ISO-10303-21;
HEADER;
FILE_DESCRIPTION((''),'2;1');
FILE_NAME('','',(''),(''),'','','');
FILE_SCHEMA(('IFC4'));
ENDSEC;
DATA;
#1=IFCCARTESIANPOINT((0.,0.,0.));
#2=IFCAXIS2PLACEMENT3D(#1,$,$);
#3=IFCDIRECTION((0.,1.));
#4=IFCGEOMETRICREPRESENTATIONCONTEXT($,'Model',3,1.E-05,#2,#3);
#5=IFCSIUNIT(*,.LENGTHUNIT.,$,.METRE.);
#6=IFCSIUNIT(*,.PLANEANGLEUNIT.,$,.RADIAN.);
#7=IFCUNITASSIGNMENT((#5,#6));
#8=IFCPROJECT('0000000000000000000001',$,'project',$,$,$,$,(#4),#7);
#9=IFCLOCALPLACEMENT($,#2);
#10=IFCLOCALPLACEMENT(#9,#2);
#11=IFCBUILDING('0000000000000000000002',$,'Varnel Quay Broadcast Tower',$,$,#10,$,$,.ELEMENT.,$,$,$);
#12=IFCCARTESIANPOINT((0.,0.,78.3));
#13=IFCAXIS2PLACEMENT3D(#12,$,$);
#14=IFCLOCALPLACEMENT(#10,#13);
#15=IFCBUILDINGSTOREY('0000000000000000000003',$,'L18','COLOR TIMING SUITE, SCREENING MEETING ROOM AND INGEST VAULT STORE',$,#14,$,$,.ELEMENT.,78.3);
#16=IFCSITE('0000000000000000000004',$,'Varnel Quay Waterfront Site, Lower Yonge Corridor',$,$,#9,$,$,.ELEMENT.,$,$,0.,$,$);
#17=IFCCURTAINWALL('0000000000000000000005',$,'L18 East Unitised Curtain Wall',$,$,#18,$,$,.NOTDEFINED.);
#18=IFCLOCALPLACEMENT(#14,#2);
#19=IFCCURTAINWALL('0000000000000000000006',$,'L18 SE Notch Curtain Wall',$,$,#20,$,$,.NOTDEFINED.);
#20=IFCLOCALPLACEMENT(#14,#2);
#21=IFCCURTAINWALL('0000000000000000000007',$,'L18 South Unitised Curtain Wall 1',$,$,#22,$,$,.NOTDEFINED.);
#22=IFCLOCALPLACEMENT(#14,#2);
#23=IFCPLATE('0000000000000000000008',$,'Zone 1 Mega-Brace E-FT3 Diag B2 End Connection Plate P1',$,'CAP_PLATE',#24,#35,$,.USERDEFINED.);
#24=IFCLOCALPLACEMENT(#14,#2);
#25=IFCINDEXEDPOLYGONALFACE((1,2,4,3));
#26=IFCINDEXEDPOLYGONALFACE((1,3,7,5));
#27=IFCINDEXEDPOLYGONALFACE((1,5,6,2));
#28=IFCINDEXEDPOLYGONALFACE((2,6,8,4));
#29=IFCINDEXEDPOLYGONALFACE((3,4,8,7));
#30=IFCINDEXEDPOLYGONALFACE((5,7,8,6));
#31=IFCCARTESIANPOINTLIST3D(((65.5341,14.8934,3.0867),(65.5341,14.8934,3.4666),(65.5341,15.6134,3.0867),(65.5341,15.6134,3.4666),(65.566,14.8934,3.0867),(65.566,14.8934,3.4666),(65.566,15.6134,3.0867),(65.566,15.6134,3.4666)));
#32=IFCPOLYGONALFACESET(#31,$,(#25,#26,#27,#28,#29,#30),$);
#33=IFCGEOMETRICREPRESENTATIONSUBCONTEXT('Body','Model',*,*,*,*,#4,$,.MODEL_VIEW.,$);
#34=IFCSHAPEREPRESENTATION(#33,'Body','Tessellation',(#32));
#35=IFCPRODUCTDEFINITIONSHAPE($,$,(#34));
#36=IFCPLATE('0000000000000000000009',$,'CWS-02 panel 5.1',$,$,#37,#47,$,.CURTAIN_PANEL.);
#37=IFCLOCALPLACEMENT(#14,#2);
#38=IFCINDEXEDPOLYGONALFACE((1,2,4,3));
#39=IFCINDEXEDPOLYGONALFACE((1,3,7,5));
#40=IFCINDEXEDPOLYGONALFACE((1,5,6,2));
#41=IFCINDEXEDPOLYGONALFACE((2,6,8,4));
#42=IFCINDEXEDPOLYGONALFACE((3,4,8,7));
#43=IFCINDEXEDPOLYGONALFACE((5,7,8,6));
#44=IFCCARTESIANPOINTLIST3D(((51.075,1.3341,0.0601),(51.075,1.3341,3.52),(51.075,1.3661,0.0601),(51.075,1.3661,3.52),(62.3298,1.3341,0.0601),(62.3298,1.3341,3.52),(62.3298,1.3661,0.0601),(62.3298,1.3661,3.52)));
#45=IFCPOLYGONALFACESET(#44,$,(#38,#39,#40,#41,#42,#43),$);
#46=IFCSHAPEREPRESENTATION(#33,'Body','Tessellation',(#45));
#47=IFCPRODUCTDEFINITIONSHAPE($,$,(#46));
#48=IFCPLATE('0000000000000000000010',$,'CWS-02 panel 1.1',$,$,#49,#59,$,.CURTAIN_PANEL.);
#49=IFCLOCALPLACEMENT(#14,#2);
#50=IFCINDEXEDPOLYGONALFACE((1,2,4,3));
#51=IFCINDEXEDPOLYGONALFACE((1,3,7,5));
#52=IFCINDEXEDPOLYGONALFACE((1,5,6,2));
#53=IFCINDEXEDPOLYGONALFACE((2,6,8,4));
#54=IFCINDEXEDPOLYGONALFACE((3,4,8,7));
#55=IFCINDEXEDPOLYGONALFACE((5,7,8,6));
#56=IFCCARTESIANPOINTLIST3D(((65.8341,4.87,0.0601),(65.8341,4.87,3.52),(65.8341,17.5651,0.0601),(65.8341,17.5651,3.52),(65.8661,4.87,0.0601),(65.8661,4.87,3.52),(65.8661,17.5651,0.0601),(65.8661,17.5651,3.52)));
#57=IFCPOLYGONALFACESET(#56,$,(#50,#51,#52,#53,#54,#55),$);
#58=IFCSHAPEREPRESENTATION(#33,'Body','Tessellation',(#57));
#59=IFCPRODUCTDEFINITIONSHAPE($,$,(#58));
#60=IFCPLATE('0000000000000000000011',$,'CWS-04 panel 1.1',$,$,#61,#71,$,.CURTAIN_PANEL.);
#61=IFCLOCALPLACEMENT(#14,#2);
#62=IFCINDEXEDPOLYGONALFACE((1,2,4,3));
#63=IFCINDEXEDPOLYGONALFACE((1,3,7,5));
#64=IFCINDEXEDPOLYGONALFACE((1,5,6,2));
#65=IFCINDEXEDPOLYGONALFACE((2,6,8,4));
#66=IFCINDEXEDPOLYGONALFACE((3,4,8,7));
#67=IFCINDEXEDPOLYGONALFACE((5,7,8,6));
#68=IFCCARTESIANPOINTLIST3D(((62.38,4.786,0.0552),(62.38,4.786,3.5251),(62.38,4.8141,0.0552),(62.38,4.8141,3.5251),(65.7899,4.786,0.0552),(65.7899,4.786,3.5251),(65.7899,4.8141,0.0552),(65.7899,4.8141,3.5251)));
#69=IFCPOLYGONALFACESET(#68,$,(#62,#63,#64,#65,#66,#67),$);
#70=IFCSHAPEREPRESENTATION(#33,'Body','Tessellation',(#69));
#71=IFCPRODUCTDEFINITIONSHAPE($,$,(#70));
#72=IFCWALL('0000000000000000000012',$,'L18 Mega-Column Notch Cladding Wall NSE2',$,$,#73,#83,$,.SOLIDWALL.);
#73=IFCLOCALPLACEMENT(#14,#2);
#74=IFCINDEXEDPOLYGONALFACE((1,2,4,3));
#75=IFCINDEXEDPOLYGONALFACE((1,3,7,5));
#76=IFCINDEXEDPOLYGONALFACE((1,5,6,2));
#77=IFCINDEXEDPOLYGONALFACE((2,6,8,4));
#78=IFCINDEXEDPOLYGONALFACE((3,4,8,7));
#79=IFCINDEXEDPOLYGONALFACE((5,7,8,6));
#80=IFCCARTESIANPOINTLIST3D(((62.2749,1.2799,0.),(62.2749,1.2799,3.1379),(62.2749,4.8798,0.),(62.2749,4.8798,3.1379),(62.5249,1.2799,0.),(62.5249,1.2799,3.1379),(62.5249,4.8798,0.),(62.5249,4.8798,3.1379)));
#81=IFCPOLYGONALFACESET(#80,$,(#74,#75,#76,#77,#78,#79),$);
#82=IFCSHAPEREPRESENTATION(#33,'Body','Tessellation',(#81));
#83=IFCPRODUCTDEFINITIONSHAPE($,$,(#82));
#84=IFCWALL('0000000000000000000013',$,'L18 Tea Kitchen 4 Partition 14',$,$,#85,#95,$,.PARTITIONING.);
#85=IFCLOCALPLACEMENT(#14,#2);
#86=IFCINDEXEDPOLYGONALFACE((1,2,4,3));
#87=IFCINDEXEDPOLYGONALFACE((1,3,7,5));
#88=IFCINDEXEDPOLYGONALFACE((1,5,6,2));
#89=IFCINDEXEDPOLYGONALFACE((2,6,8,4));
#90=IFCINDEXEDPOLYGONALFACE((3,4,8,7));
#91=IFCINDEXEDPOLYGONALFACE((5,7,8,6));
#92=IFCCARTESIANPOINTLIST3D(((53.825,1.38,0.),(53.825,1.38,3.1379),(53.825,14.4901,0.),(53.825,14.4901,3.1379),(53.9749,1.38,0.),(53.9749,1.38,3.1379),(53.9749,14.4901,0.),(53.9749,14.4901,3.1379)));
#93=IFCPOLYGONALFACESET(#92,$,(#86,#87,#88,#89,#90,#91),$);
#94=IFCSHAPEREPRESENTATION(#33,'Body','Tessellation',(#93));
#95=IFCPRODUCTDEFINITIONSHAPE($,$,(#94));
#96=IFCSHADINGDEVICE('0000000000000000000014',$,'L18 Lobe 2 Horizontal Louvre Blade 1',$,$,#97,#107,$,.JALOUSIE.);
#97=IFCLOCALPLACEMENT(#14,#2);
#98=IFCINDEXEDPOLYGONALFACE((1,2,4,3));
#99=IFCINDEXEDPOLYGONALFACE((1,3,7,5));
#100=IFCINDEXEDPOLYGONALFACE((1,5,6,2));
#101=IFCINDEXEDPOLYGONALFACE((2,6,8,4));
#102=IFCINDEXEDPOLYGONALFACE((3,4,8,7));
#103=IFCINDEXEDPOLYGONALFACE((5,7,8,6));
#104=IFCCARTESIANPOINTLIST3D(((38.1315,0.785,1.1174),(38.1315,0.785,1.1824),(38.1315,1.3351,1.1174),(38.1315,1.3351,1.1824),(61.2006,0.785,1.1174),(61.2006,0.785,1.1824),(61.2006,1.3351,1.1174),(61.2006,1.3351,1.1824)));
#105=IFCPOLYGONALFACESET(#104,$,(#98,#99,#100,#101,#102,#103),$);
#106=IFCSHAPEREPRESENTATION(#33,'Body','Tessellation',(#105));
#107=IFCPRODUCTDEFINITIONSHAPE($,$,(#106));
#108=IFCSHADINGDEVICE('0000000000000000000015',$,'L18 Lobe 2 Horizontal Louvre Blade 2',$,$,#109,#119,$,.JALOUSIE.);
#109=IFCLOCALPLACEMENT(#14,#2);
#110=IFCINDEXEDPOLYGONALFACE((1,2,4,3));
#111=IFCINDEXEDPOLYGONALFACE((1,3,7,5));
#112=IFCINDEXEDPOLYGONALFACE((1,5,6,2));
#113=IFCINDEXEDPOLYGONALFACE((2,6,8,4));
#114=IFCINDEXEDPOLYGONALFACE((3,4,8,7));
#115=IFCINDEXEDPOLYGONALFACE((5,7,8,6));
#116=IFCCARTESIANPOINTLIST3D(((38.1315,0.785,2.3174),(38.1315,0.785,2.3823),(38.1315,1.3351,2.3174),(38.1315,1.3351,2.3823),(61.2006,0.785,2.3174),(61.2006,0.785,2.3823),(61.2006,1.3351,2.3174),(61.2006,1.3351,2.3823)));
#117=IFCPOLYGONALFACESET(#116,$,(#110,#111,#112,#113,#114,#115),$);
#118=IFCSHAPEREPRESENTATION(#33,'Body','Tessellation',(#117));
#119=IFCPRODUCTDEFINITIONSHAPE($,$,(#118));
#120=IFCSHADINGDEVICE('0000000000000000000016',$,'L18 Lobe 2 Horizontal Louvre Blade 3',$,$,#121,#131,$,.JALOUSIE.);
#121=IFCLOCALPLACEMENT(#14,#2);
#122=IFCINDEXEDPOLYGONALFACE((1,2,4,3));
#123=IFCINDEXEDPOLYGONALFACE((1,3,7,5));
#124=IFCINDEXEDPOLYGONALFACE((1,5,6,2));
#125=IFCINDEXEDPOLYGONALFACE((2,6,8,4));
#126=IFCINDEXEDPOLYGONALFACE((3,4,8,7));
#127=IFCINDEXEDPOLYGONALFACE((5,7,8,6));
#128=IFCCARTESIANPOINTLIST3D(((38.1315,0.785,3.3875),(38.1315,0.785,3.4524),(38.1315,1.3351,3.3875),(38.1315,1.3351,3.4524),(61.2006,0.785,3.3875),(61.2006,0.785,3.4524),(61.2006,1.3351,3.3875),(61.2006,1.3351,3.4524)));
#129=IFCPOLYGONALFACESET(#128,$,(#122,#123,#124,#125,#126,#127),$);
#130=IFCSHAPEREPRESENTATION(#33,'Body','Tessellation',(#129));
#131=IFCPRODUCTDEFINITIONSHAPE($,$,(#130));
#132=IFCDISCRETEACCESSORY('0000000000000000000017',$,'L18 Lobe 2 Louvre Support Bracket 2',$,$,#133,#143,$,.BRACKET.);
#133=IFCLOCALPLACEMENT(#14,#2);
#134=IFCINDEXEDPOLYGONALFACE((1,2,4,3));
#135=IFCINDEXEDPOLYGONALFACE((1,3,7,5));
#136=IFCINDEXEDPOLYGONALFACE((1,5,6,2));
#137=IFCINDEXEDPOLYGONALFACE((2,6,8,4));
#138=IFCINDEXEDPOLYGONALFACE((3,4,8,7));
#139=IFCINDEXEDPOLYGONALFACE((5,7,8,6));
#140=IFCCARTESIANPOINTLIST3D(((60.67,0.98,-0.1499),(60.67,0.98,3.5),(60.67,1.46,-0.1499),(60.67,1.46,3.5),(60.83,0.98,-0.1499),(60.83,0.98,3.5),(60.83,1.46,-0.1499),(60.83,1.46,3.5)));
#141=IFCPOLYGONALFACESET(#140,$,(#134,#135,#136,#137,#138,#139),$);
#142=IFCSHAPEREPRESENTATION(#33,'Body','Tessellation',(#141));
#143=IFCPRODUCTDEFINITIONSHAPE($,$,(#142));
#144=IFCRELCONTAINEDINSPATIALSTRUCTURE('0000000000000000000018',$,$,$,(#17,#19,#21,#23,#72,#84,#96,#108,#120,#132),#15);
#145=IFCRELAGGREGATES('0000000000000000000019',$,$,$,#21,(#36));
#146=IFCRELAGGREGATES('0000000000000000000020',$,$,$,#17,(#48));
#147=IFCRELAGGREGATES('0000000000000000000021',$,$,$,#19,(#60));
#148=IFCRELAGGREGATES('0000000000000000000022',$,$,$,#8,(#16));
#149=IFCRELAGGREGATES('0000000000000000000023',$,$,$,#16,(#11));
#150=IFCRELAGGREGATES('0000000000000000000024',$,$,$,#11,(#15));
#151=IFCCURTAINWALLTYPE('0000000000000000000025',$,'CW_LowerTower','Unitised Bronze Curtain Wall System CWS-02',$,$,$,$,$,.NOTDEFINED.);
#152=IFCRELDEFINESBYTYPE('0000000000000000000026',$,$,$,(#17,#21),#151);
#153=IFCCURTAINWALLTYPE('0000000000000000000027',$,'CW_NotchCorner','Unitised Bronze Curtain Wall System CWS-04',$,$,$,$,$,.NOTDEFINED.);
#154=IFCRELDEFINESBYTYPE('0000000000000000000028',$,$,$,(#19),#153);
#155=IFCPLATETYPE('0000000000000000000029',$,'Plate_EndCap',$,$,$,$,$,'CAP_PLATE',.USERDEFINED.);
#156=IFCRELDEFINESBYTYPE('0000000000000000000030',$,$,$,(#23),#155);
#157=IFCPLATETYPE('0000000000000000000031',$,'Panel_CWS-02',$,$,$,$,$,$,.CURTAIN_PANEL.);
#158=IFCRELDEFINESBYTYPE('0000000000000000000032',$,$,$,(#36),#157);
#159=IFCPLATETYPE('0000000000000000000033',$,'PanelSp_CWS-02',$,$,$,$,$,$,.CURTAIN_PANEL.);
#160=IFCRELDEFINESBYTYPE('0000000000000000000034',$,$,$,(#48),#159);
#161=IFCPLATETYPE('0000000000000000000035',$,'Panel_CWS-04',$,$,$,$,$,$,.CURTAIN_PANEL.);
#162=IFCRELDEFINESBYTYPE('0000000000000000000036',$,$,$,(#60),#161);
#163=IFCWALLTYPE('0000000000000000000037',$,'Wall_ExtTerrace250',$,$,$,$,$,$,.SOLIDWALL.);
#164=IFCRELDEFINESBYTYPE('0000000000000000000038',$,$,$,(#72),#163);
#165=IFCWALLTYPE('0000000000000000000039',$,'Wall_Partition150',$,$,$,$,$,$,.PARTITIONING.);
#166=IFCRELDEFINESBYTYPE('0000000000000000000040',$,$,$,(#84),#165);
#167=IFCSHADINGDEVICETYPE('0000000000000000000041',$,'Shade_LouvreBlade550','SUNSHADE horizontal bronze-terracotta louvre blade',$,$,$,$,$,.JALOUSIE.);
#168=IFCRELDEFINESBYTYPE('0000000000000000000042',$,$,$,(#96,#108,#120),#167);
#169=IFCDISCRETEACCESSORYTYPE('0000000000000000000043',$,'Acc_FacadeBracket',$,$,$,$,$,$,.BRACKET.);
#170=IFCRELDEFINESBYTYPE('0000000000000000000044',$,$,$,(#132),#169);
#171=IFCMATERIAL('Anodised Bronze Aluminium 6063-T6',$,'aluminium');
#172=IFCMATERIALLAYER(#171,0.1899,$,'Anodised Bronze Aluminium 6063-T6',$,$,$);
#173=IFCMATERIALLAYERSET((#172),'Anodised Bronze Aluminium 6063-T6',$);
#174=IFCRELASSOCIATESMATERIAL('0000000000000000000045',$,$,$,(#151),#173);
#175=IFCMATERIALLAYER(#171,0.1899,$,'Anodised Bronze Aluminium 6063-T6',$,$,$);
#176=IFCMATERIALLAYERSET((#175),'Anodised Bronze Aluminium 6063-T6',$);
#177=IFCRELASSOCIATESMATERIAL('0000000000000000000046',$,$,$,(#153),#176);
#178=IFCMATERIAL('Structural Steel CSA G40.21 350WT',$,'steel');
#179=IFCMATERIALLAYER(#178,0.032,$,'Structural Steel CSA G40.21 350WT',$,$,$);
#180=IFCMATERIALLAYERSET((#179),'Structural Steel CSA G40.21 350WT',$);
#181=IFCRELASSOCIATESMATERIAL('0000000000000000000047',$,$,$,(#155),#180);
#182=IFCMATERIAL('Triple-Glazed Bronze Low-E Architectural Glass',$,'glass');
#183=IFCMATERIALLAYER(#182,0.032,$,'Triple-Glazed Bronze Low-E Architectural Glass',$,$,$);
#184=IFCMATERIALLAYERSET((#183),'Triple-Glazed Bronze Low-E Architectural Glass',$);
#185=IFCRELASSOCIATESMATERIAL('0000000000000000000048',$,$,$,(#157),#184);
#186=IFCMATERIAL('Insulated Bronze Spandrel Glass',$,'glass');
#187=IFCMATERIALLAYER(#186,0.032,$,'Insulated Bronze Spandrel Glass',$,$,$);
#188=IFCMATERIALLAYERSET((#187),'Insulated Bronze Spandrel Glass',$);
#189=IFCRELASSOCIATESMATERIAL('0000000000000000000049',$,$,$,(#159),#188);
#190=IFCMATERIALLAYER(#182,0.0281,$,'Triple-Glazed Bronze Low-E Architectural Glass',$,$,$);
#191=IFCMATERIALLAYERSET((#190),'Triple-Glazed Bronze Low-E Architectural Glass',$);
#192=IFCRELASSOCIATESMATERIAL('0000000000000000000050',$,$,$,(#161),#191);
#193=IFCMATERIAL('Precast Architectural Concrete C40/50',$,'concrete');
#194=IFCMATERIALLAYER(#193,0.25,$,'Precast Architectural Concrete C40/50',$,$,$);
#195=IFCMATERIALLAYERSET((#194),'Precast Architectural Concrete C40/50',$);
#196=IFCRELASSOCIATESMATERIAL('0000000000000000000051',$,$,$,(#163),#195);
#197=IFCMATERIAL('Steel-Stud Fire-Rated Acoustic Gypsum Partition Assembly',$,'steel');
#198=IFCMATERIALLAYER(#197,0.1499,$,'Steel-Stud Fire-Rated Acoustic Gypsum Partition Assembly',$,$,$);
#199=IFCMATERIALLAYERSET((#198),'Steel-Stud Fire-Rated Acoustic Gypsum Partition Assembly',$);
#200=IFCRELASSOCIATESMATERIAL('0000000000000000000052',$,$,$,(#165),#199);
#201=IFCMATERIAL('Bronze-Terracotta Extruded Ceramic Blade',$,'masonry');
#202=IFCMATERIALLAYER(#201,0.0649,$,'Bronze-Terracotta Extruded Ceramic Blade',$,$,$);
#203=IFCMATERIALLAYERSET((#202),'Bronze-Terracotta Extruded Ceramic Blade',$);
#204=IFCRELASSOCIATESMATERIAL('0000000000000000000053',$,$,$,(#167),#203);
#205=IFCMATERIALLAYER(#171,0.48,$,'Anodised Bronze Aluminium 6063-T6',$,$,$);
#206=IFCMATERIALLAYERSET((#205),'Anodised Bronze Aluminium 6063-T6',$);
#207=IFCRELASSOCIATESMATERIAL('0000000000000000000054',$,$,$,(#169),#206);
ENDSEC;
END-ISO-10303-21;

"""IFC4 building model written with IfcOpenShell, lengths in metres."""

from ifc_helpers import new_model, si_unit, direction, frame, frame_2d, origin, origin_2d, place, context, subcontext, project, spatial, rectangle, extrude, source, transform, mapped, material, layer, layer_set, type_object, type_shapes, element, aggregate, save


model = new_model("IFC4")

# Units and contexts
model_context = context("Model", 3, precision=1e-05, world=origin(), true_north=direction((0.0, 1.0)))
body_context = subcontext(model_context, "Body", "Model", "MODEL_VIEW")
ifc_project = project(units=[si_unit("LENGTHUNIT", "METRE"), si_unit("PLANEANGLEUNIT", "RADIAN")], contexts=[model_context])

# Site, building, storey
site_placement = place(None, origin())
site = spatial("IfcSite", under=ifc_project, at=site_placement, Name="Varnel Quay Waterfront Site, Lower Yonge Corridor", CompositionType="ELEMENT", RefElevation=0.0)
building_placement = place(site_placement, origin())
building = spatial("IfcBuilding", under=site, at=building_placement, Name="Varnel Quay Broadcast Tower", CompositionType="ELEMENT")
storey_placement = place(building_placement, frame((0.0, 0.0, 78.3)))
storey = spatial("IfcBuildingStorey", under=building, at=storey_placement, Name="L18", Description="COLOR TIMING SUITE, SCREENING MEETING ROOM AND INGEST VAULT STORE", CompositionType="ELEMENT", Elevation=78.3)

# Shared definitions
ifc_material_1 = material(Name="Structural Steel CSA G40.21 350WT", Category="steel")

# Curtain walls
ifc_material_2 = material(Name="Anodised Bronze Aluminium 6063-T6", Category="aluminium")
ifc_layer_1 = layer(ifc_material_2, 0.1899, Name="Anodised Bronze Aluminium 6063-T6")
ifc_layer_set_1 = layer_set([ifc_layer_1], Name="Anodised Bronze Aluminium 6063-T6")
curtain_wall_type_1 = type_object("IfcCurtainWallType", Name="CW_LowerTower", Description="Unitised Bronze Curtain Wall System CWS-02", PredefinedType="NOTDEFINED", material=ifc_layer_set_1)
curtain_wall_1_placement = place(storey_placement, origin())
curtain_wall_1 = element("IfcCurtainWall", 1, at=curtain_wall_1_placement, inside=storey, type_object=curtain_wall_type_1, Name="L18 East Unitised Curtain Wall", PredefinedType="NOTDEFINED")
ifc_layer_2 = layer(ifc_material_2, 0.1899, Name="Anodised Bronze Aluminium 6063-T6")
ifc_layer_set_2 = layer_set([ifc_layer_2], Name="Anodised Bronze Aluminium 6063-T6")
curtain_wall_type_2 = type_object("IfcCurtainWallType", Name="CW_NotchCorner", Description="Unitised Bronze Curtain Wall System CWS-04", PredefinedType="NOTDEFINED", material=ifc_layer_set_2)
curtain_wall_2_placement = place(storey_placement, origin())
curtain_wall_2 = element("IfcCurtainWall", 2, at=curtain_wall_2_placement, inside=storey, type_object=curtain_wall_type_2, Name="L18 SE Notch Curtain Wall", PredefinedType="NOTDEFINED")
curtain_wall_3_placement = place(storey_placement, origin())
curtain_wall_3 = element("IfcCurtainWall", 3, at=curtain_wall_3_placement, inside=storey, type_object=curtain_wall_type_1, Name="L18 South Unitised Curtain Wall 1", PredefinedType="NOTDEFINED")

# Plates
ifc_layer_3 = layer(ifc_material_1, 0.032, Name="Structural Steel CSA G40.21 350WT")
ifc_layer_set_3 = layer_set([ifc_layer_3], Name="Structural Steel CSA G40.21 350WT")
plate_type_1 = type_object("IfcPlateType", Name="Plate_EndCap", ElementType="CAP_PLATE", PredefinedType="USERDEFINED", material=ifc_layer_set_3)
shared_shape_1 = source(origin(), body_context, "Body", "SweptSolid", [
    extrude(rectangle(XDim=0.72, YDim=0.032, at=origin_2d()), origin(), (0.0, 0.0, 1.0), 0.3799),
])
type_shapes(plate_type_1, [shared_shape_1])
plate_1_placement = place(storey_placement, frame((65.55, 15.2534, 3.0867), z_axis=(0.0, 0.0, 1.0), x_axis=(0.0, 1.0, 0.0)))
element("IfcPlate", 4, at=plate_1_placement, inside=storey, type_object=plate_type_1, Name="Zone 1 Mega-Brace E-FT3 Diag B2 End Connection Plate P1", ObjectType="CAP_PLATE", PredefinedType="USERDEFINED", context=body_context, shape_type="MappedRepresentation", body=[
    mapped(shared_shape_1, transform((0.0, 0.0, 0.0), x_axis=(1.0, 0.0, 0.0), y_axis=(0.0, 1.0, 0.0), z_axis=(0.0, 0.0, 1.0), scale=1.0)),
])
ifc_material_3 = material(Name="Triple-Glazed Bronze Low-E Architectural Glass", Category="glass")
ifc_layer_4 = layer(ifc_material_3, 0.032, Name="Triple-Glazed Bronze Low-E Architectural Glass")
ifc_layer_set_4 = layer_set([ifc_layer_4], Name="Triple-Glazed Bronze Low-E Architectural Glass")
plate_type_2 = type_object("IfcPlateType", Name="Panel_CWS-02", PredefinedType="CURTAIN_PANEL", material=ifc_layer_set_4)
shared_shape_2 = source(origin(), body_context, "Body", "SweptSolid", [
    extrude(rectangle(XDim=11.2549, YDim=0.032, at=origin_2d()), origin(), (0.0, 0.0, 1.0), 3.46),
])
type_shapes(plate_type_2, [shared_shape_2])
plate_2_placement = place(storey_placement, frame((56.7024, 1.3501, 0.0601), z_axis=(0.0, 0.0, 1.0), x_axis=(1.0, 0.0, 0.0)))
plate_2 = element("IfcPlate", 5, at=plate_2_placement, type_object=plate_type_2, Name="CWS-02 panel 5.1", PredefinedType="CURTAIN_PANEL", context=body_context, shape_type="MappedRepresentation", body=[
    mapped(shared_shape_2, transform((0.0, 0.0, 0.0), x_axis=(1.0, 0.0, 0.0), y_axis=(0.0, 1.0, 0.0), z_axis=(0.0, 0.0, 1.0), scale=1.0)),
])
aggregate(curtain_wall_3, [plate_2])
ifc_material_4 = material(Name="Insulated Bronze Spandrel Glass", Category="glass")
ifc_layer_5 = layer(ifc_material_4, 0.032, Name="Insulated Bronze Spandrel Glass")
ifc_layer_set_5 = layer_set([ifc_layer_5], Name="Insulated Bronze Spandrel Glass")
plate_type_3 = type_object("IfcPlateType", Name="PanelSp_CWS-02", PredefinedType="CURTAIN_PANEL", material=ifc_layer_set_5)
shared_shape_3 = source(origin(), body_context, "Body", "SweptSolid", [
    extrude(rectangle(XDim=12.6951, YDim=0.032, at=origin_2d()), origin(), (0.0, 0.0, 1.0), 3.46),
])
type_shapes(plate_type_3, [shared_shape_3])
plate_3_placement = place(storey_placement, frame((65.8501, 11.2175, 0.0601), z_axis=(0.0, 0.0, 1.0), x_axis=(0.0, 1.0, 0.0)))
plate_3 = element("IfcPlate", 6, at=plate_3_placement, type_object=plate_type_3, Name="CWS-02 panel 1.1", PredefinedType="CURTAIN_PANEL", context=body_context, shape_type="MappedRepresentation", body=[
    mapped(shared_shape_3, transform((0.0, 0.0, 0.0), x_axis=(1.0, 0.0, 0.0), y_axis=(0.0, 1.0, 0.0), z_axis=(0.0, 0.0, 1.0), scale=1.0)),
])
aggregate(curtain_wall_1, [plate_3])
ifc_layer_6 = layer(ifc_material_3, 0.0281, Name="Triple-Glazed Bronze Low-E Architectural Glass")
ifc_layer_set_6 = layer_set([ifc_layer_6], Name="Triple-Glazed Bronze Low-E Architectural Glass")
plate_type_4 = type_object("IfcPlateType", Name="Panel_CWS-04", PredefinedType="CURTAIN_PANEL", material=ifc_layer_set_6)
shared_shape_4 = source(origin(), body_context, "Body", "SweptSolid", [
    extrude(rectangle(XDim=3.4099, YDim=0.0281, at=origin_2d()), origin(), (0.0, 0.0, 1.0), 3.47),
])
type_shapes(plate_type_4, [shared_shape_4])
plate_4_placement = place(storey_placement, frame((64.085, 4.8, 0.0552), z_axis=(0.0, 0.0, 1.0), x_axis=(1.0, 0.0, 0.0)))
plate_4 = element("IfcPlate", 7, at=plate_4_placement, type_object=plate_type_4, Name="CWS-04 panel 1.1", PredefinedType="CURTAIN_PANEL", context=body_context, shape_type="MappedRepresentation", body=[
    mapped(shared_shape_4, transform((0.0, 0.0, 0.0), x_axis=(1.0, 0.0, 0.0), y_axis=(0.0, 1.0, 0.0), z_axis=(0.0, 0.0, 1.0), scale=1.0)),
])
aggregate(curtain_wall_2, [plate_4])

# Walls
ifc_material_5 = material(Name="Precast Architectural Concrete C40/50", Category="concrete")
ifc_layer_7 = layer(ifc_material_5, 0.25, Name="Precast Architectural Concrete C40/50")
ifc_layer_set_7 = layer_set([ifc_layer_7], Name="Precast Architectural Concrete C40/50")
wall_type_1 = type_object("IfcWallType", Name="Wall_ExtTerrace250", PredefinedType="SOLIDWALL", material=ifc_layer_set_7)
wall_1_placement = place(storey_placement, frame((62.3999, 1.28, 0.0), z_axis=(0.0, 0.0, 1.0), x_axis=(0.0, 1.0, 0.0)))
element("IfcWall", 8, at=wall_1_placement, inside=storey, type_object=wall_type_1, Name="L18 Mega-Column Notch Cladding Wall NSE2", PredefinedType="SOLIDWALL", context=body_context, shape_type="SweptSolid", body=[
    extrude(rectangle(XDim=3.5999, YDim=0.25, at=frame_2d((1.7998, 0.0))), origin(), (0.0, 0.0, 1.0), 3.1379),
])
ifc_material_6 = material(Name="Steel-Stud Fire-Rated Acoustic Gypsum Partition Assembly", Category="steel")
ifc_layer_8 = layer(ifc_material_6, 0.1499, Name="Steel-Stud Fire-Rated Acoustic Gypsum Partition Assembly")
ifc_layer_set_8 = layer_set([ifc_layer_8], Name="Steel-Stud Fire-Rated Acoustic Gypsum Partition Assembly")
wall_type_2 = type_object("IfcWallType", Name="Wall_Partition150", PredefinedType="PARTITIONING", material=ifc_layer_set_8)
wall_2_placement = place(storey_placement, frame((53.8999, 1.3799, 0.0), z_axis=(0.0, 0.0, 1.0), x_axis=(0.0, 1.0, 0.0)))
element("IfcWall", 9, at=wall_2_placement, inside=storey, type_object=wall_type_2, Name="L18 Tea Kitchen 4 Partition 14", PredefinedType="PARTITIONING", context=body_context, shape_type="SweptSolid", body=[
    extrude(rectangle(XDim=13.1101, YDim=0.1499, at=frame_2d((6.5552, 0.0))), origin(), (0.0, 0.0, 1.0), 3.1379),
])

# Shading devices
ifc_material_7 = material(Name="Bronze-Terracotta Extruded Ceramic Blade", Category="masonry")
ifc_layer_9 = layer(ifc_material_7, 0.0649, Name="Bronze-Terracotta Extruded Ceramic Blade")
ifc_layer_set_9 = layer_set([ifc_layer_9], Name="Bronze-Terracotta Extruded Ceramic Blade")
shading_device_type = type_object("IfcShadingDeviceType", Name="Shade_LouvreBlade550", Description="SUNSHADE horizontal bronze-terracotta louvre blade", PredefinedType="JALOUSIE", material=ifc_layer_set_9)
shared_shape_5 = source(origin(), body_context, "Body", "SweptSolid", [
    extrude(rectangle(XDim=23.0691, YDim=0.55, at=origin_2d()), origin(), (0.0, 0.0, 1.0), 0.0649),
])
type_shapes(shading_device_type, [shared_shape_5])
for number, where, z_axis, x_axis, name in (
    (10, (49.666, 1.0601, 1.1174), (0.0, 0.0, 1.0), (1.0, 0.0, 0.0), "L18 Lobe 2 Horizontal Louvre Blade 1"),
    (11, (49.666, 1.0601, 2.3174), (0.0, 0.0, 1.0), (1.0, 0.0, 0.0), "L18 Lobe 2 Horizontal Louvre Blade 2"),
    (12, (49.666, 1.0601, 3.3875), (0.0, 0.0, 1.0), (1.0, 0.0, 0.0), "L18 Lobe 2 Horizontal Louvre Blade 3"),
):
    element("IfcShadingDevice", number, at=place(storey_placement, frame(where, z_axis=z_axis, x_axis=x_axis)), inside=storey, type_object=shading_device_type, Name=name, PredefinedType="JALOUSIE", context=body_context, shape_type="MappedRepresentation", body=[
        mapped(shared_shape_5, transform((0.0, 0.0, 0.0), x_axis=(1.0, 0.0, 0.0), y_axis=(0.0, 1.0, 0.0), z_axis=(0.0, 0.0, 1.0), scale=1.0)),
    ])

# Discrete accessory
ifc_layer_10 = layer(ifc_material_2, 0.48, Name="Anodised Bronze Aluminium 6063-T6")
ifc_layer_set_10 = layer_set([ifc_layer_10], Name="Anodised Bronze Aluminium 6063-T6")
discrete_accessory_type = type_object("IfcDiscreteAccessoryType", Name="Acc_FacadeBracket", PredefinedType="BRACKET", material=ifc_layer_set_10)
shared_shape_6 = source(origin(), body_context, "Body", "SweptSolid", [
    extrude(rectangle(XDim=0.1599, YDim=0.48, at=origin_2d()), origin(), (0.0, 0.0, 1.0), 3.6499),
])
type_shapes(discrete_accessory_type, [shared_shape_6])
discrete_accessory_placement = place(storey_placement, frame((60.75, 1.22, -0.1499), z_axis=(0.0, 0.0, 1.0), x_axis=(1.0, 0.0, 0.0)))
element("IfcDiscreteAccessory", 13, at=discrete_accessory_placement, inside=storey, type_object=discrete_accessory_type, Name="L18 Lobe 2 Louvre Support Bracket 2", PredefinedType="BRACKET", context=body_context, shape_type="MappedRepresentation", body=[
    mapped(shared_shape_6, transform((0.0, 0.0, 0.0), x_axis=(1.0, 0.0, 0.0), y_axis=(0.0, 1.0, 0.0), z_axis=(0.0, 0.0, 1.0), scale=1.0)),
])

save(model, "model.ifc")
